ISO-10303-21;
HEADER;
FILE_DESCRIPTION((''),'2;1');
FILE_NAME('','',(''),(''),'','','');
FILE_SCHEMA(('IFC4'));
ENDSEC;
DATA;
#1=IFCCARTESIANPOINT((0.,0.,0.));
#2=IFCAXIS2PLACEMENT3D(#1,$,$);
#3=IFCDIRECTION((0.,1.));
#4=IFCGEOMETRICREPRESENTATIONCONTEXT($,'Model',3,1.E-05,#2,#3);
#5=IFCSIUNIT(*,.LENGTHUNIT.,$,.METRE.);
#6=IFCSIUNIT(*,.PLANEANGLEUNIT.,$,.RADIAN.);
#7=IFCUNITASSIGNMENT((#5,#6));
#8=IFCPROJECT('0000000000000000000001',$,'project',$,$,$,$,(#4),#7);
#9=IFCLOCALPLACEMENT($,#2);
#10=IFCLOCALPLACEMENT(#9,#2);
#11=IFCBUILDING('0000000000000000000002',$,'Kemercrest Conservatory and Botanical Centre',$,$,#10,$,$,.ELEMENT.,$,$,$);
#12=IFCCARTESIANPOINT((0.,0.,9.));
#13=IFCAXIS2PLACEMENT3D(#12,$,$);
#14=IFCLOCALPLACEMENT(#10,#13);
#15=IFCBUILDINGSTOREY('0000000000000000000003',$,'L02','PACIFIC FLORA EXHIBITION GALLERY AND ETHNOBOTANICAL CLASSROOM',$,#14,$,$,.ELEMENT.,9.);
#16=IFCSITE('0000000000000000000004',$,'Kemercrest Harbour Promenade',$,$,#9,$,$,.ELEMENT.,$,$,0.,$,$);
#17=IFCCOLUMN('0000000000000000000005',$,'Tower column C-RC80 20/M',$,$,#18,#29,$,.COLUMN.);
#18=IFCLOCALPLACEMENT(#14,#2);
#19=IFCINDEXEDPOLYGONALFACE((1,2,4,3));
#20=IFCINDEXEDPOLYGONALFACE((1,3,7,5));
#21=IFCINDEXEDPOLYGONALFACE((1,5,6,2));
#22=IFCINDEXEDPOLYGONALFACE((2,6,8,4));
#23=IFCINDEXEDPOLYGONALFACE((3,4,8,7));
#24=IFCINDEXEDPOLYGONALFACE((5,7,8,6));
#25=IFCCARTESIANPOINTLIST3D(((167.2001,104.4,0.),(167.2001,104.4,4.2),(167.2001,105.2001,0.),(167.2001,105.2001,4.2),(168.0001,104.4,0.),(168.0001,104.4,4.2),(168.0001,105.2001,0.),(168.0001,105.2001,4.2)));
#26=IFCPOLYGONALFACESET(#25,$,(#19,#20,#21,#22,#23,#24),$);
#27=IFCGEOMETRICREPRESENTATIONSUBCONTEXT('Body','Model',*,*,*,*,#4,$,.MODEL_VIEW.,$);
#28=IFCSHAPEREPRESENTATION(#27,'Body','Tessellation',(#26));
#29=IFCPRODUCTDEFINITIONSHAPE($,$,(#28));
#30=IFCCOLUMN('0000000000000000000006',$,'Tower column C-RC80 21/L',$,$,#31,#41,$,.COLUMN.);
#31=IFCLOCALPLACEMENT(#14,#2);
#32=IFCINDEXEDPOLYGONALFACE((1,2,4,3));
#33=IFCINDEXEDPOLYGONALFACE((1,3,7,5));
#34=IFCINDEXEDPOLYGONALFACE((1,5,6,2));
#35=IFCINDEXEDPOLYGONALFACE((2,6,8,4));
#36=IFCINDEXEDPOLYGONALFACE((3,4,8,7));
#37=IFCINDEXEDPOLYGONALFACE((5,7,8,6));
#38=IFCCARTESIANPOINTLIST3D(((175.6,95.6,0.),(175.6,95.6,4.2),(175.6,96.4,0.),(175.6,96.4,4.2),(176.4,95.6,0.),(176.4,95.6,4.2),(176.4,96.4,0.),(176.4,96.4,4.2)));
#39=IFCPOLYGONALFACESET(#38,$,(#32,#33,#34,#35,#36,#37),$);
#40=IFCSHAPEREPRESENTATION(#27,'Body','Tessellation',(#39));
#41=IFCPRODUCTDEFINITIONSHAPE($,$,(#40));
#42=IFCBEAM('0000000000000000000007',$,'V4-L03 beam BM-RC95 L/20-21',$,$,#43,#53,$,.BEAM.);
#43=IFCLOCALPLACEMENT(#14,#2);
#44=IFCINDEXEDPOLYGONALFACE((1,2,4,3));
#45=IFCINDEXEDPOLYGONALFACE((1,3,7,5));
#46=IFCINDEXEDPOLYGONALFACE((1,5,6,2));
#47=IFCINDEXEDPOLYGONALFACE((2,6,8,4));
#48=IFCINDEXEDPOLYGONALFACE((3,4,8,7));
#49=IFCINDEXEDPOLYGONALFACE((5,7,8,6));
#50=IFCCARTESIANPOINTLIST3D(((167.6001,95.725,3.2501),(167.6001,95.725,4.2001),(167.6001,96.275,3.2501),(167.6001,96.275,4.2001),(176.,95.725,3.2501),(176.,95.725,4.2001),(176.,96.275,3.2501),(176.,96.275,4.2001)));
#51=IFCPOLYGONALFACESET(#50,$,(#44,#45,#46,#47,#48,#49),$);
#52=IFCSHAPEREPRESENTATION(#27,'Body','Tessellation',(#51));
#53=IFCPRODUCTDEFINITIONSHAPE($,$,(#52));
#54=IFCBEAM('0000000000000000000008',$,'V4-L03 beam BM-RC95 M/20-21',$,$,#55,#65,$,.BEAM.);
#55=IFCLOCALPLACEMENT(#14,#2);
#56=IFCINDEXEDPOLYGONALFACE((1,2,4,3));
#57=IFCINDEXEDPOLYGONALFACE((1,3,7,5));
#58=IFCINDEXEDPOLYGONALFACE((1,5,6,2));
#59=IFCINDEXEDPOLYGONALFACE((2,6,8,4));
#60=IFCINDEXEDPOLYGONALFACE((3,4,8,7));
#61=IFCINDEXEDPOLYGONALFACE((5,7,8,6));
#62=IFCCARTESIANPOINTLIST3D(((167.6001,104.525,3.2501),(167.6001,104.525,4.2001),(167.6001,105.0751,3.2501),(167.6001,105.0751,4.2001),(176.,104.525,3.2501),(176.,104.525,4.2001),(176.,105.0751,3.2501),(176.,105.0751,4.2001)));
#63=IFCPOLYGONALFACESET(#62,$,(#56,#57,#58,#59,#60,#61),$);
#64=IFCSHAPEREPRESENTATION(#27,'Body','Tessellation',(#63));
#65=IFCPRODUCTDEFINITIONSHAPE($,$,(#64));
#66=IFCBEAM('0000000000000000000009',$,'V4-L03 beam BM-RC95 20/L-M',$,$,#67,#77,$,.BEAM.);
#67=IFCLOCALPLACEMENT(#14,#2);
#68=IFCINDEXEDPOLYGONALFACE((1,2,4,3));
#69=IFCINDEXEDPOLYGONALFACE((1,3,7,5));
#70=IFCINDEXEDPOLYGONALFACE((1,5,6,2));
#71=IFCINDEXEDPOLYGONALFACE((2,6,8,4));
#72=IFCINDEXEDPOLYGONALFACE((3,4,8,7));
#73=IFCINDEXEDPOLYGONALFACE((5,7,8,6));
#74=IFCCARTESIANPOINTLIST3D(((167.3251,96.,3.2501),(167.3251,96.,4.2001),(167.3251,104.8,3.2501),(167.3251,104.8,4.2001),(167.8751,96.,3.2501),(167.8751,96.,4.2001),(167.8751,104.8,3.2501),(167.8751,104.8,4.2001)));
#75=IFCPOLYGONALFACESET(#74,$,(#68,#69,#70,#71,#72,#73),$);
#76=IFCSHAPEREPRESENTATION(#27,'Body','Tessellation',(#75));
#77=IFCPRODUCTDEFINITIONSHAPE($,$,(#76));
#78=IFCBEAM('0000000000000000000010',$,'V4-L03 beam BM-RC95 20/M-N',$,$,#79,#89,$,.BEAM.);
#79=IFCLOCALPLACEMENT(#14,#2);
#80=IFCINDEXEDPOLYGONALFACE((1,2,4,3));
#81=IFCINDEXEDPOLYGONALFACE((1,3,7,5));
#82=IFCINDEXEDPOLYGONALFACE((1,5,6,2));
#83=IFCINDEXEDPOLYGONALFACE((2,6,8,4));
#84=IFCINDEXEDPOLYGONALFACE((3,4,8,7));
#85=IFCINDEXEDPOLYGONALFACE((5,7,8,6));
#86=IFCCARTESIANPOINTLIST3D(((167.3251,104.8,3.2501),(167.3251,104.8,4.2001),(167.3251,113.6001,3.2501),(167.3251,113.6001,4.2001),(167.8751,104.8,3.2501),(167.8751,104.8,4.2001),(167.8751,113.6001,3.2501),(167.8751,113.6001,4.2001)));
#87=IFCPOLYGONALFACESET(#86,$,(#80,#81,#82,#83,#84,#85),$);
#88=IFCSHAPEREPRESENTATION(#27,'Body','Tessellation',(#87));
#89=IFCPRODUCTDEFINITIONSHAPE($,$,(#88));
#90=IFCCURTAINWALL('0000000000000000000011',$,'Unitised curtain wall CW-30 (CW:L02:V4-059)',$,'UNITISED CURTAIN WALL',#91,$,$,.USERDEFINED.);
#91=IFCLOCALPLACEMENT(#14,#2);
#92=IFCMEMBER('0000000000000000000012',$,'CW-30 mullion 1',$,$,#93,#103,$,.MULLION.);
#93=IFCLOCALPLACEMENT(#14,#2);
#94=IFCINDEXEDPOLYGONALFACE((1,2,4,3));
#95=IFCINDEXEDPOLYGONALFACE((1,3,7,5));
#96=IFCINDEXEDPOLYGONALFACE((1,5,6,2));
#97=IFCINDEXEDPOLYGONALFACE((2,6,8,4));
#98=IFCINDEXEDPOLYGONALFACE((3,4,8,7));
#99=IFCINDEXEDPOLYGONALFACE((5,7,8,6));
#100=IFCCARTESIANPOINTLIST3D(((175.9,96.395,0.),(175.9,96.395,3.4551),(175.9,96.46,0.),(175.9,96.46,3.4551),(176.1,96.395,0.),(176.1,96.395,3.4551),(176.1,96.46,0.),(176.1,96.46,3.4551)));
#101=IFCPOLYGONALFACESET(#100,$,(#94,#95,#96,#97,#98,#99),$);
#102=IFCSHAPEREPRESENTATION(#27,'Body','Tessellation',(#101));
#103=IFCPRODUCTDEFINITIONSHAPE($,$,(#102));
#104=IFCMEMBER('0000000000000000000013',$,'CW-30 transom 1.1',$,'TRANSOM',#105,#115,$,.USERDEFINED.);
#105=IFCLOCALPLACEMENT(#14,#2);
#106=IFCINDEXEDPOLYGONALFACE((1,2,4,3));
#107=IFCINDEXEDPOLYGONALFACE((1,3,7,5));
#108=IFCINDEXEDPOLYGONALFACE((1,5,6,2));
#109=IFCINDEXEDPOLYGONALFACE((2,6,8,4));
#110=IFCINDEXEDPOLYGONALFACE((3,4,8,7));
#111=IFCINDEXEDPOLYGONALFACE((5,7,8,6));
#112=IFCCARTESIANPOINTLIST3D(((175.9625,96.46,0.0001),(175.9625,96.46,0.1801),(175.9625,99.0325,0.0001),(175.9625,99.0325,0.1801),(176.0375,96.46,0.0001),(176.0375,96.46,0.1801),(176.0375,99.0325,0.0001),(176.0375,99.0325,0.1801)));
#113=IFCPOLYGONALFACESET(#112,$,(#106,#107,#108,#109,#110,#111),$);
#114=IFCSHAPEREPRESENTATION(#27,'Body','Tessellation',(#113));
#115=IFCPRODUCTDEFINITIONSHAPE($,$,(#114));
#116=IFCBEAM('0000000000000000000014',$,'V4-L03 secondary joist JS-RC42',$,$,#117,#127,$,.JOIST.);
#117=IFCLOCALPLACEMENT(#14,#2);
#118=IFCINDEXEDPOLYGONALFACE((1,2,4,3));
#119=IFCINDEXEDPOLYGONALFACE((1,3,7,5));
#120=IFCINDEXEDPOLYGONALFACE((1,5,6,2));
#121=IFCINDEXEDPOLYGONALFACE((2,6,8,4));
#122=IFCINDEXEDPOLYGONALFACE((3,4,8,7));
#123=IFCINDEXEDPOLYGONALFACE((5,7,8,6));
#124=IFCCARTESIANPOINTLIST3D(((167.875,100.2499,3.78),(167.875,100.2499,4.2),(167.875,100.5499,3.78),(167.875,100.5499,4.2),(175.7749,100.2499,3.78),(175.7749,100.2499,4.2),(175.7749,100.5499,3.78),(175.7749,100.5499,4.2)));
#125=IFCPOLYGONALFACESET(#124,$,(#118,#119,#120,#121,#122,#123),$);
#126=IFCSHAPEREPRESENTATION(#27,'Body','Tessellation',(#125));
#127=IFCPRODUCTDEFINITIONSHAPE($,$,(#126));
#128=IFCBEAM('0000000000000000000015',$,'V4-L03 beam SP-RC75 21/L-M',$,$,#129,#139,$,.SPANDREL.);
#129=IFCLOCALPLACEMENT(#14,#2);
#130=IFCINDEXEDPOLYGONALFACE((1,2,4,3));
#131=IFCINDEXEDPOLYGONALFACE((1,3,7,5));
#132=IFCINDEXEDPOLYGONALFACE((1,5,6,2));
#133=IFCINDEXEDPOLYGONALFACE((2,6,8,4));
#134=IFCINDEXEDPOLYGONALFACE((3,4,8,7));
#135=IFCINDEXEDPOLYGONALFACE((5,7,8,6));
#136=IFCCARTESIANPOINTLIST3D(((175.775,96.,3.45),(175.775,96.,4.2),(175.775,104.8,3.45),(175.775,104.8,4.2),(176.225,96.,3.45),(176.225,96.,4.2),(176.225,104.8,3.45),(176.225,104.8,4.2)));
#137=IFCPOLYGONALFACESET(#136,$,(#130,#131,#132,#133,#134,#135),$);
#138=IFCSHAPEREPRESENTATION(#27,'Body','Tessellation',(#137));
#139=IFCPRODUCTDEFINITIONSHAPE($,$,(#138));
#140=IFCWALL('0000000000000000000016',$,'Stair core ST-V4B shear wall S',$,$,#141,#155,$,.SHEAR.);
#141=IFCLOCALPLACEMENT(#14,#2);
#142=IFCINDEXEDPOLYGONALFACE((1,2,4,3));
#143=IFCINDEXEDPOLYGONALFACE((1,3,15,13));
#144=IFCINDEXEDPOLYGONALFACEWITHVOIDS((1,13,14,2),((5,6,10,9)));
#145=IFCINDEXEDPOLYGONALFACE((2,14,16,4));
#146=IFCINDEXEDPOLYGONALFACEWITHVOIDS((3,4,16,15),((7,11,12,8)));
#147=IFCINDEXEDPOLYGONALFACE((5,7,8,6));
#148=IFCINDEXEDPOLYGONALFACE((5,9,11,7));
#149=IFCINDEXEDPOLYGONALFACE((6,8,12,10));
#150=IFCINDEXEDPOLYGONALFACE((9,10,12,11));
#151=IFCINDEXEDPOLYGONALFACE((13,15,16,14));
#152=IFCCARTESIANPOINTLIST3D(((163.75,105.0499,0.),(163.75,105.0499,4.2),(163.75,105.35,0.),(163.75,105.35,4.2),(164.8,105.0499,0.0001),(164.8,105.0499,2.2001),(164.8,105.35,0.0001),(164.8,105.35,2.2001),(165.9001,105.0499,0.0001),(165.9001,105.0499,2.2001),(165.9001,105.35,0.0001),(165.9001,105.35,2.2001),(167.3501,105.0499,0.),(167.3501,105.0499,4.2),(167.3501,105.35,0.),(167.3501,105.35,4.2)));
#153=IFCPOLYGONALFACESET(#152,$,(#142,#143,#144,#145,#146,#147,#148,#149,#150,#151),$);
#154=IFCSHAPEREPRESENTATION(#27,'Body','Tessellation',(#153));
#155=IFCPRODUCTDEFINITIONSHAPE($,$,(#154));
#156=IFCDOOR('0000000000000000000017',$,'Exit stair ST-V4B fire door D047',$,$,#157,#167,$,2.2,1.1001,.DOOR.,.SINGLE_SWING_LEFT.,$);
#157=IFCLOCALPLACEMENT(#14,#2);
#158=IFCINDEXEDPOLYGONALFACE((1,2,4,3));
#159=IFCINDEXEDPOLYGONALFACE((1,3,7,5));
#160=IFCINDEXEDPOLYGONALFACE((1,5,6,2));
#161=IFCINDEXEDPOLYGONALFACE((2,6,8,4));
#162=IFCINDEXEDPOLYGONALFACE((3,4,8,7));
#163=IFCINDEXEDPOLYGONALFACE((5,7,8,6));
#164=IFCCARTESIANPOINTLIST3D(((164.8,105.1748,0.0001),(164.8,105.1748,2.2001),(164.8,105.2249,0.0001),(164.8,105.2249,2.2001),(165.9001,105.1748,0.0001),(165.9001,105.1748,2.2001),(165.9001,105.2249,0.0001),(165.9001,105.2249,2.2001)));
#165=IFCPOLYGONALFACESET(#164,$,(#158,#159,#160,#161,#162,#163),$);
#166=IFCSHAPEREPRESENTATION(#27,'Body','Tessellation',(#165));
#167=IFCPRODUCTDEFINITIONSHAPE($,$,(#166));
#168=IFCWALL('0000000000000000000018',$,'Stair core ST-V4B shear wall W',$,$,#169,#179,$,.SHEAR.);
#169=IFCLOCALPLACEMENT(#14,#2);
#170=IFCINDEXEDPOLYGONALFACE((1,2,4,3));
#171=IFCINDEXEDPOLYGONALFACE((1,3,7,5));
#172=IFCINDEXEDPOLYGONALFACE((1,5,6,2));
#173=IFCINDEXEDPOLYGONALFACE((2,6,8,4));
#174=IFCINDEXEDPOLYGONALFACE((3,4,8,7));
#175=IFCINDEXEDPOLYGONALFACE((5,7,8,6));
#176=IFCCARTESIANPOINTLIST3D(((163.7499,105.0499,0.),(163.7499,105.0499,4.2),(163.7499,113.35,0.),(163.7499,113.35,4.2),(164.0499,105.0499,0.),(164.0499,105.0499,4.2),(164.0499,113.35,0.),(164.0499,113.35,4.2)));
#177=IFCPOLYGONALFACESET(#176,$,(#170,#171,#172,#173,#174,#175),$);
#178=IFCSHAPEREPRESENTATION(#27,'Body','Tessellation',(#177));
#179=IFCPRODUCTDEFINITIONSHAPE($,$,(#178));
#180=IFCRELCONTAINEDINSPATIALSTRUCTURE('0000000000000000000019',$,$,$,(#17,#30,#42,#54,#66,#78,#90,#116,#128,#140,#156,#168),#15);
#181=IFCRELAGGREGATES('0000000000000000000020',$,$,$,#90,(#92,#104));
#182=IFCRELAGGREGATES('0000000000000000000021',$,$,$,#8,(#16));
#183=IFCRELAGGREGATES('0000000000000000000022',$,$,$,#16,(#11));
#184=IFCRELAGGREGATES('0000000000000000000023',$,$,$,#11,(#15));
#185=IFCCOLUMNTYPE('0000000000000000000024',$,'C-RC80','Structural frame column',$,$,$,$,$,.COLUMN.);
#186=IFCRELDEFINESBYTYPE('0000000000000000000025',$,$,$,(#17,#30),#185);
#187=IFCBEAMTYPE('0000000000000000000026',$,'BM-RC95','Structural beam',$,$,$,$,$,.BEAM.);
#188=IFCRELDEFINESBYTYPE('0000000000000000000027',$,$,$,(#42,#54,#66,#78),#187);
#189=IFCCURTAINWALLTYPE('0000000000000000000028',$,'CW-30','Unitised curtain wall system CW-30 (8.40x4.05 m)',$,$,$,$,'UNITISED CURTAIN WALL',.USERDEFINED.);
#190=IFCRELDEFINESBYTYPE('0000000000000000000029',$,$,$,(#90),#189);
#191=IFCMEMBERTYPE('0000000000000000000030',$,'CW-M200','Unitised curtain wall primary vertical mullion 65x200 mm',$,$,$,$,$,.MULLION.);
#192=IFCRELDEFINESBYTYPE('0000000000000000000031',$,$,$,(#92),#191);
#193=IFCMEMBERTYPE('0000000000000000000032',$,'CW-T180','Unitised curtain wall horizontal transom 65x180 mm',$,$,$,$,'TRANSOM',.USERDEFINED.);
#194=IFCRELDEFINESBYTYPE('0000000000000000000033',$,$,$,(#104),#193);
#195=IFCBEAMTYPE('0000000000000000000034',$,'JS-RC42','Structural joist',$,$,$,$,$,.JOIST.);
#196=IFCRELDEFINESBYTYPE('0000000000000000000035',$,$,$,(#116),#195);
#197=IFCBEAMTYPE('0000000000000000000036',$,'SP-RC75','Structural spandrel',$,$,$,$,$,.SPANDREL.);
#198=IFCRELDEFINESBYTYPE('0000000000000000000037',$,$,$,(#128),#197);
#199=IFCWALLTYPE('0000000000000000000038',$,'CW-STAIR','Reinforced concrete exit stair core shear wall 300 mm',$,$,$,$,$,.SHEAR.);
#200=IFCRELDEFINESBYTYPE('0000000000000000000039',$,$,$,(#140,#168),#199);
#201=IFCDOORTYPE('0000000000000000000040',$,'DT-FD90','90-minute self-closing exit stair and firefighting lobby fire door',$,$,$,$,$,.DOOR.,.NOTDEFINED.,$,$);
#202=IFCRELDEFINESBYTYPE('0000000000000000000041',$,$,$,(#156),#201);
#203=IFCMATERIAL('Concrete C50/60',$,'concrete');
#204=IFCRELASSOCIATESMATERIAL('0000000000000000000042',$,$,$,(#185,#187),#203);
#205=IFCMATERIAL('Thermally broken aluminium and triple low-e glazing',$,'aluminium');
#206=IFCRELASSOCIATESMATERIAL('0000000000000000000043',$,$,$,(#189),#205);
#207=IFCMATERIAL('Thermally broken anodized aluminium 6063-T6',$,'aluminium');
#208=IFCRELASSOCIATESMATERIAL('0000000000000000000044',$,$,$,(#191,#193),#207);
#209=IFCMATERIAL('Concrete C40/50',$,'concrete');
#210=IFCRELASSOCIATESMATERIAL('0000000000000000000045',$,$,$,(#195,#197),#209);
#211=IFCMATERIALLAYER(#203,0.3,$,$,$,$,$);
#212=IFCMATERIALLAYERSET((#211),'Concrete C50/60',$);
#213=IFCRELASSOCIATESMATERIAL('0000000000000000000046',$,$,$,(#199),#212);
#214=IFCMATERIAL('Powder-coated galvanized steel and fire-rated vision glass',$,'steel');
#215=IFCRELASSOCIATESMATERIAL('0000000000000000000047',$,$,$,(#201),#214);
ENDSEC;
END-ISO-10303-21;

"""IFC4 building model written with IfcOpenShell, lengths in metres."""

from ifc_helpers import new_model, si_unit, direction, frame, frame_2d, origin, origin_2d, place, context, subcontext, project, spatial, rectangle, extrude, material, layer, layer_set, material_profile, profile_set, type_object, element, fill, aggregate, save


model = new_model("IFC4")

# Units and contexts
model_context = context("Model", 3, precision=1e-05, world=origin(), true_north=direction((0.0, 1.0)))
body_context = subcontext(model_context, "Body", "Model", "MODEL_VIEW")
ifc_project = project(units=[si_unit("LENGTHUNIT", "METRE"), si_unit("PLANEANGLEUNIT", "RADIAN")], contexts=[model_context])

# Site, building, storey
site_placement = place(None, origin())
site = spatial("IfcSite", under=ifc_project, at=site_placement, Name="Kemercrest Harbour Promenade", CompositionType="ELEMENT", RefElevation=0.0)
building_placement = place(site_placement, origin())
building = spatial("IfcBuilding", under=site, at=building_placement, Name="Kemercrest Conservatory and Botanical Centre", CompositionType="ELEMENT")
storey_placement = place(building_placement, frame((0.0, 0.0, 9.0)))
storey = spatial("IfcBuildingStorey", under=building, at=storey_placement, Name="L02", Description="PACIFIC FLORA EXHIBITION GALLERY AND ETHNOBOTANICAL CLASSROOM", CompositionType="ELEMENT", Elevation=9.0)

# Columns
ifc_material_1 = material(Name="Concrete C50/60", Category="concrete")
ifc_material_profile_1 = material_profile(ifc_material_1, rectangle(XDim=0.8, YDim=0.8, at=origin_2d()), Name="RC 800x800")
ifc_profile_set_1 = profile_set([ifc_material_profile_1], Name="Concrete C50/60")
column_type = type_object("IfcColumnType", Name="C-RC80", Description="Structural frame column", PredefinedType="COLUMN", material=ifc_profile_set_1)
for number, where, z_axis, x_axis, name in (
    (1, (167.6001, 104.8, 0.0), (0.0, 0.0, 1.0), (1.0, 0.0, 0.0), "Tower column C-RC80 20/M"),
    (2, (176.0, 96.0, 0.0), (0.0, 0.0, 1.0), (1.0, 0.0, 0.0), "Tower column C-RC80 21/L"),
):
    element("IfcColumn", number, at=place(storey_placement, frame(where, z_axis=z_axis, x_axis=x_axis)), inside=storey, type_object=column_type, Name=name, PredefinedType="COLUMN", context=body_context, shape_type="SweptSolid", body=[
        extrude(rectangle(XDim=0.8, YDim=0.8, at=origin_2d()), origin(), (0.0, 0.0, 1.0), 4.2),
    ])

# Beams
ifc_material_profile_2 = material_profile(ifc_material_1, rectangle(XDim=0.55, YDim=0.95, at=origin_2d()), Name="RC 550x950")
ifc_profile_set_2 = profile_set([ifc_material_profile_2], Name="Concrete C50/60")
beam_type_1 = type_object("IfcBeamType", Name="BM-RC95", Description="Structural beam", PredefinedType="BEAM", material=ifc_profile_set_2)
for number, where, z_axis, x_axis, name in (
    (3, (167.6001, 96.0, 3.7251), (1.0, 0.0, 0.0), (0.0, 1.0, 0.0), "V4-L03 beam BM-RC95 L/20-21"),
    (4, (167.6001, 104.8, 3.7251), (1.0, 0.0, 0.0), (0.0, 1.0, 0.0), "V4-L03 beam BM-RC95 M/20-21"),
):
    element("IfcBeam", number, at=place(storey_placement, frame(where, z_axis=z_axis, x_axis=x_axis)), inside=storey, type_object=beam_type_1, Name=name, PredefinedType="BEAM", context=body_context, shape_type="SweptSolid", body=[
        extrude(rectangle(XDim=0.55, YDim=0.95, at=origin_2d()), origin(), (0.0, 0.0, 1.0), 8.3999),
    ])
for number, where, z_axis, x_axis, name in (
    (5, (167.6001, 96.0, 3.7251), (0.0, 1.0, 0.0), (-1.0, 0.0, 0.0), "V4-L03 beam BM-RC95 20/L-M"),
    (6, (167.6001, 104.8, 3.7251), (0.0, 1.0, 0.0), (-1.0, 0.0, 0.0), "V4-L03 beam BM-RC95 20/M-N"),
):
    element("IfcBeam", number, at=place(storey_placement, frame(where, z_axis=z_axis, x_axis=x_axis)), inside=storey, type_object=beam_type_1, Name=name, PredefinedType="BEAM", context=body_context, shape_type="SweptSolid", body=[
        extrude(rectangle(XDim=0.55, YDim=0.95, at=origin_2d()), origin(), (0.0, 0.0, 1.0), 8.8),
    ])

# Curtain wall, members
ifc_material_2 = material(Name="Thermally broken aluminium and triple low-e glazing", Category="aluminium")
curtain_wall_type = type_object("IfcCurtainWallType", Name="CW-30", Description="Unitised curtain wall system CW-30 (8.40x4.05 m)", ElementType="UNITISED CURTAIN WALL", PredefinedType="USERDEFINED", material=ifc_material_2)
curtain_wall_placement = place(storey_placement, origin())
curtain_wall = element("IfcCurtainWall", 7, at=curtain_wall_placement, inside=storey, type_object=curtain_wall_type, Name="Unitised curtain wall CW-30 (CW:L02:V4-059)", ObjectType="UNITISED CURTAIN WALL", PredefinedType="USERDEFINED")
ifc_material_3 = material(Name="Thermally broken anodized aluminium 6063-T6", Category="aluminium")
ifc_material_profile_3 = material_profile(ifc_material_3, rectangle(XDim=0.2, YDim=0.0649, at=origin_2d()), Name="AL MULLION 65x200")
ifc_profile_set_3 = profile_set([ifc_material_profile_3], Name="Thermally broken anodized aluminium 6063-T6")
member_type_1 = type_object("IfcMemberType", Name="CW-M200", Description="Unitised curtain wall primary vertical mullion 65x200 mm", PredefinedType="MULLION", material=ifc_profile_set_3)
member_1_placement = place(storey_placement, frame((176.0, 96.4275, 0.0), z_axis=(0.0, 0.0, 1.0), x_axis=(-1.0, 0.0, 0.0)))
member_1 = element("IfcMember", 8, at=member_1_placement, type_object=member_type_1, Name="CW-30 mullion 1", PredefinedType="MULLION", context=body_context, shape_type="SweptSolid", body=[
    extrude(rectangle(XDim=0.2, YDim=0.0649, at=origin_2d()), origin(), (0.0, 0.0, 1.0), 3.4551),
])
ifc_material_profile_4 = material_profile(ifc_material_3, rectangle(XDim=0.075, YDim=0.1799, at=origin_2d()), Name="AL TRANSOM 75x180")
ifc_profile_set_4 = profile_set([ifc_material_profile_4], Name="Thermally broken anodized aluminium 6063-T6")
member_type_2 = type_object("IfcMemberType", Name="CW-T180", Description="Unitised curtain wall horizontal transom 65x180 mm", ElementType="TRANSOM", PredefinedType="USERDEFINED", material=ifc_profile_set_4)
member_2_placement = place(storey_placement, frame((176.0, 96.46, 0.0901), z_axis=(0.0, 1.0, 0.0), x_axis=(-1.0, 0.0, 0.0)))
member_2 = element("IfcMember", 9, at=member_2_placement, type_object=member_type_2, Name="CW-30 transom 1.1", ObjectType="TRANSOM", PredefinedType="USERDEFINED", context=body_context, shape_type="SweptSolid", body=[
    extrude(rectangle(XDim=0.075, YDim=0.1799, at=origin_2d()), origin(), (0.0, 0.0, 1.0), 2.5725),
])
aggregate(curtain_wall, [member_1, member_2])

# Beams
ifc_material_4 = material(Name="Concrete C40/50", Category="concrete")
ifc_material_profile_5 = material_profile(ifc_material_4, rectangle(XDim=0.3, YDim=0.4199, at=origin_2d()), Name="RC 300x420")
ifc_profile_set_5 = profile_set([ifc_material_profile_5], Name="Concrete C40/50")
beam_type_2 = type_object("IfcBeamType", Name="JS-RC42", Description="Structural joist", PredefinedType="JOIST", material=ifc_profile_set_5)
beam_1_placement = place(storey_placement, frame((167.875, 100.3999, 3.99), z_axis=(1.0, 0.0, 0.0), x_axis=(0.0, 1.0, 0.0)))
element("IfcBeam", 10, at=beam_1_placement, inside=storey, type_object=beam_type_2, Name="V4-L03 secondary joist JS-RC42", PredefinedType="JOIST", context=body_context, shape_type="SweptSolid", body=[
    extrude(rectangle(XDim=0.3, YDim=0.4199, at=origin_2d()), origin(), (0.0, 0.0, 1.0), 7.8999),
])
ifc_material_profile_6 = material_profile(ifc_material_4, rectangle(XDim=0.45, YDim=0.75, at=origin_2d()), Name="RC 450x750")
ifc_profile_set_6 = profile_set([ifc_material_profile_6], Name="Concrete C40/50")
beam_type_3 = type_object("IfcBeamType", Name="SP-RC75", Description="Structural spandrel", PredefinedType="SPANDREL", material=ifc_profile_set_6)
beam_2_placement = place(storey_placement, frame((176.0, 96.0, 3.825), z_axis=(0.0, 1.0, 0.0), x_axis=(-1.0, 0.0, 0.0)))
element("IfcBeam", 11, at=beam_2_placement, inside=storey, type_object=beam_type_3, Name="V4-L03 beam SP-RC75 21/L-M", PredefinedType="SPANDREL", context=body_context, shape_type="SweptSolid", body=[
    extrude(rectangle(XDim=0.45, YDim=0.75, at=origin_2d()), origin(), (0.0, 0.0, 1.0), 8.8),
])

# Wall, opening, door
ifc_layer_1 = layer(ifc_material_1, 0.3)
ifc_layer_set_1 = layer_set([ifc_layer_1], Name="Concrete C50/60")
wall_type_1 = type_object("IfcWallType", Name="CW-STAIR", Description="Reinforced concrete exit stair core shear wall 300 mm", PredefinedType="SHEAR", material=ifc_layer_set_1)
wall_1_placement = place(storey_placement, frame((163.75, 105.2, 0.0), z_axis=(0.0, 0.0, 1.0), x_axis=(1.0, 0.0, 0.0)))
wall_1 = element("IfcWall", 12, at=wall_1_placement, inside=storey, type_object=wall_type_1, Name="Stair core ST-V4B shear wall S", PredefinedType="SHEAR", context=body_context, shape_type="SweptSolid", body=[
    extrude(rectangle(XDim=3.6001, YDim=0.3, at=frame_2d((1.8, 0.0))), origin(), (0.0, 0.0, 1.0), 4.2),
])
opening_1_placement = place(wall_1_placement, frame((1.05, 0.0, 0.0)))
opening_1 = element("IfcOpeningElement", 13, at=opening_1_placement, cuts=wall_1, PredefinedType="OPENING", context=body_context, shape_type="SweptSolid", body=[
    extrude(rectangle(XDim=1.1001, YDim=2.2, at=frame_2d((0.55, 1.1001))), frame((0.0, 0.1602, 0.0), z_axis=(0.0, -1.0, 0.0), x_axis=(1.0, 0.0, 0.0)), (0.0, 0.0, 1.0), 0.3201),
])
ifc_material_5 = material(Name="Powder-coated galvanized steel and fire-rated vision glass", Category="steel")
door_type_1 = type_object("IfcDoorType", Name="DT-FD90", Description="90-minute self-closing exit stair and firefighting lobby fire door", OperationType="NOTDEFINED", PredefinedType="DOOR", material=ifc_material_5)
door_1_placement = place(opening_1_placement, origin())
door_1 = element("IfcDoor", 14, at=door_1_placement, inside=storey, type_object=door_type_1, Name="Exit stair ST-V4B fire door D047", OperationType="SINGLE_SWING_LEFT", OverallHeight=2.2, OverallWidth=1.1001, PredefinedType="DOOR", context=body_context, shape_type="SweptSolid", body=[
    extrude(rectangle(XDim=1.1001, YDim=2.2, at=frame_2d((0.55, 1.1001))), frame((0.0, 0.0249, 0.0), z_axis=(0.0, -1.0, 0.0), x_axis=(1.0, 0.0, 0.0)), (0.0, 0.0, 1.0), 0.05),
])
fill(opening_1, door_1)

# Wall
for number, where, z_axis, x_axis, name in (
    (15, (163.8999, 105.05, 0.0), (0.0, 0.0, 1.0), (0.0, 1.0, 0.0), "Stair core ST-V4B shear wall W"),
):
    element("IfcWall", number, at=place(storey_placement, frame(where, z_axis=z_axis, x_axis=x_axis)), inside=storey, type_object=wall_type_1, Name=name, PredefinedType="SHEAR", context=body_context, shape_type="SweptSolid", body=[
        extrude(rectangle(XDim=8.3, YDim=0.3, at=frame_2d((4.1499, 0.0))), origin(), (0.0, 0.0, 1.0), 4.2),
    ])

save(model, "model.ifc")
